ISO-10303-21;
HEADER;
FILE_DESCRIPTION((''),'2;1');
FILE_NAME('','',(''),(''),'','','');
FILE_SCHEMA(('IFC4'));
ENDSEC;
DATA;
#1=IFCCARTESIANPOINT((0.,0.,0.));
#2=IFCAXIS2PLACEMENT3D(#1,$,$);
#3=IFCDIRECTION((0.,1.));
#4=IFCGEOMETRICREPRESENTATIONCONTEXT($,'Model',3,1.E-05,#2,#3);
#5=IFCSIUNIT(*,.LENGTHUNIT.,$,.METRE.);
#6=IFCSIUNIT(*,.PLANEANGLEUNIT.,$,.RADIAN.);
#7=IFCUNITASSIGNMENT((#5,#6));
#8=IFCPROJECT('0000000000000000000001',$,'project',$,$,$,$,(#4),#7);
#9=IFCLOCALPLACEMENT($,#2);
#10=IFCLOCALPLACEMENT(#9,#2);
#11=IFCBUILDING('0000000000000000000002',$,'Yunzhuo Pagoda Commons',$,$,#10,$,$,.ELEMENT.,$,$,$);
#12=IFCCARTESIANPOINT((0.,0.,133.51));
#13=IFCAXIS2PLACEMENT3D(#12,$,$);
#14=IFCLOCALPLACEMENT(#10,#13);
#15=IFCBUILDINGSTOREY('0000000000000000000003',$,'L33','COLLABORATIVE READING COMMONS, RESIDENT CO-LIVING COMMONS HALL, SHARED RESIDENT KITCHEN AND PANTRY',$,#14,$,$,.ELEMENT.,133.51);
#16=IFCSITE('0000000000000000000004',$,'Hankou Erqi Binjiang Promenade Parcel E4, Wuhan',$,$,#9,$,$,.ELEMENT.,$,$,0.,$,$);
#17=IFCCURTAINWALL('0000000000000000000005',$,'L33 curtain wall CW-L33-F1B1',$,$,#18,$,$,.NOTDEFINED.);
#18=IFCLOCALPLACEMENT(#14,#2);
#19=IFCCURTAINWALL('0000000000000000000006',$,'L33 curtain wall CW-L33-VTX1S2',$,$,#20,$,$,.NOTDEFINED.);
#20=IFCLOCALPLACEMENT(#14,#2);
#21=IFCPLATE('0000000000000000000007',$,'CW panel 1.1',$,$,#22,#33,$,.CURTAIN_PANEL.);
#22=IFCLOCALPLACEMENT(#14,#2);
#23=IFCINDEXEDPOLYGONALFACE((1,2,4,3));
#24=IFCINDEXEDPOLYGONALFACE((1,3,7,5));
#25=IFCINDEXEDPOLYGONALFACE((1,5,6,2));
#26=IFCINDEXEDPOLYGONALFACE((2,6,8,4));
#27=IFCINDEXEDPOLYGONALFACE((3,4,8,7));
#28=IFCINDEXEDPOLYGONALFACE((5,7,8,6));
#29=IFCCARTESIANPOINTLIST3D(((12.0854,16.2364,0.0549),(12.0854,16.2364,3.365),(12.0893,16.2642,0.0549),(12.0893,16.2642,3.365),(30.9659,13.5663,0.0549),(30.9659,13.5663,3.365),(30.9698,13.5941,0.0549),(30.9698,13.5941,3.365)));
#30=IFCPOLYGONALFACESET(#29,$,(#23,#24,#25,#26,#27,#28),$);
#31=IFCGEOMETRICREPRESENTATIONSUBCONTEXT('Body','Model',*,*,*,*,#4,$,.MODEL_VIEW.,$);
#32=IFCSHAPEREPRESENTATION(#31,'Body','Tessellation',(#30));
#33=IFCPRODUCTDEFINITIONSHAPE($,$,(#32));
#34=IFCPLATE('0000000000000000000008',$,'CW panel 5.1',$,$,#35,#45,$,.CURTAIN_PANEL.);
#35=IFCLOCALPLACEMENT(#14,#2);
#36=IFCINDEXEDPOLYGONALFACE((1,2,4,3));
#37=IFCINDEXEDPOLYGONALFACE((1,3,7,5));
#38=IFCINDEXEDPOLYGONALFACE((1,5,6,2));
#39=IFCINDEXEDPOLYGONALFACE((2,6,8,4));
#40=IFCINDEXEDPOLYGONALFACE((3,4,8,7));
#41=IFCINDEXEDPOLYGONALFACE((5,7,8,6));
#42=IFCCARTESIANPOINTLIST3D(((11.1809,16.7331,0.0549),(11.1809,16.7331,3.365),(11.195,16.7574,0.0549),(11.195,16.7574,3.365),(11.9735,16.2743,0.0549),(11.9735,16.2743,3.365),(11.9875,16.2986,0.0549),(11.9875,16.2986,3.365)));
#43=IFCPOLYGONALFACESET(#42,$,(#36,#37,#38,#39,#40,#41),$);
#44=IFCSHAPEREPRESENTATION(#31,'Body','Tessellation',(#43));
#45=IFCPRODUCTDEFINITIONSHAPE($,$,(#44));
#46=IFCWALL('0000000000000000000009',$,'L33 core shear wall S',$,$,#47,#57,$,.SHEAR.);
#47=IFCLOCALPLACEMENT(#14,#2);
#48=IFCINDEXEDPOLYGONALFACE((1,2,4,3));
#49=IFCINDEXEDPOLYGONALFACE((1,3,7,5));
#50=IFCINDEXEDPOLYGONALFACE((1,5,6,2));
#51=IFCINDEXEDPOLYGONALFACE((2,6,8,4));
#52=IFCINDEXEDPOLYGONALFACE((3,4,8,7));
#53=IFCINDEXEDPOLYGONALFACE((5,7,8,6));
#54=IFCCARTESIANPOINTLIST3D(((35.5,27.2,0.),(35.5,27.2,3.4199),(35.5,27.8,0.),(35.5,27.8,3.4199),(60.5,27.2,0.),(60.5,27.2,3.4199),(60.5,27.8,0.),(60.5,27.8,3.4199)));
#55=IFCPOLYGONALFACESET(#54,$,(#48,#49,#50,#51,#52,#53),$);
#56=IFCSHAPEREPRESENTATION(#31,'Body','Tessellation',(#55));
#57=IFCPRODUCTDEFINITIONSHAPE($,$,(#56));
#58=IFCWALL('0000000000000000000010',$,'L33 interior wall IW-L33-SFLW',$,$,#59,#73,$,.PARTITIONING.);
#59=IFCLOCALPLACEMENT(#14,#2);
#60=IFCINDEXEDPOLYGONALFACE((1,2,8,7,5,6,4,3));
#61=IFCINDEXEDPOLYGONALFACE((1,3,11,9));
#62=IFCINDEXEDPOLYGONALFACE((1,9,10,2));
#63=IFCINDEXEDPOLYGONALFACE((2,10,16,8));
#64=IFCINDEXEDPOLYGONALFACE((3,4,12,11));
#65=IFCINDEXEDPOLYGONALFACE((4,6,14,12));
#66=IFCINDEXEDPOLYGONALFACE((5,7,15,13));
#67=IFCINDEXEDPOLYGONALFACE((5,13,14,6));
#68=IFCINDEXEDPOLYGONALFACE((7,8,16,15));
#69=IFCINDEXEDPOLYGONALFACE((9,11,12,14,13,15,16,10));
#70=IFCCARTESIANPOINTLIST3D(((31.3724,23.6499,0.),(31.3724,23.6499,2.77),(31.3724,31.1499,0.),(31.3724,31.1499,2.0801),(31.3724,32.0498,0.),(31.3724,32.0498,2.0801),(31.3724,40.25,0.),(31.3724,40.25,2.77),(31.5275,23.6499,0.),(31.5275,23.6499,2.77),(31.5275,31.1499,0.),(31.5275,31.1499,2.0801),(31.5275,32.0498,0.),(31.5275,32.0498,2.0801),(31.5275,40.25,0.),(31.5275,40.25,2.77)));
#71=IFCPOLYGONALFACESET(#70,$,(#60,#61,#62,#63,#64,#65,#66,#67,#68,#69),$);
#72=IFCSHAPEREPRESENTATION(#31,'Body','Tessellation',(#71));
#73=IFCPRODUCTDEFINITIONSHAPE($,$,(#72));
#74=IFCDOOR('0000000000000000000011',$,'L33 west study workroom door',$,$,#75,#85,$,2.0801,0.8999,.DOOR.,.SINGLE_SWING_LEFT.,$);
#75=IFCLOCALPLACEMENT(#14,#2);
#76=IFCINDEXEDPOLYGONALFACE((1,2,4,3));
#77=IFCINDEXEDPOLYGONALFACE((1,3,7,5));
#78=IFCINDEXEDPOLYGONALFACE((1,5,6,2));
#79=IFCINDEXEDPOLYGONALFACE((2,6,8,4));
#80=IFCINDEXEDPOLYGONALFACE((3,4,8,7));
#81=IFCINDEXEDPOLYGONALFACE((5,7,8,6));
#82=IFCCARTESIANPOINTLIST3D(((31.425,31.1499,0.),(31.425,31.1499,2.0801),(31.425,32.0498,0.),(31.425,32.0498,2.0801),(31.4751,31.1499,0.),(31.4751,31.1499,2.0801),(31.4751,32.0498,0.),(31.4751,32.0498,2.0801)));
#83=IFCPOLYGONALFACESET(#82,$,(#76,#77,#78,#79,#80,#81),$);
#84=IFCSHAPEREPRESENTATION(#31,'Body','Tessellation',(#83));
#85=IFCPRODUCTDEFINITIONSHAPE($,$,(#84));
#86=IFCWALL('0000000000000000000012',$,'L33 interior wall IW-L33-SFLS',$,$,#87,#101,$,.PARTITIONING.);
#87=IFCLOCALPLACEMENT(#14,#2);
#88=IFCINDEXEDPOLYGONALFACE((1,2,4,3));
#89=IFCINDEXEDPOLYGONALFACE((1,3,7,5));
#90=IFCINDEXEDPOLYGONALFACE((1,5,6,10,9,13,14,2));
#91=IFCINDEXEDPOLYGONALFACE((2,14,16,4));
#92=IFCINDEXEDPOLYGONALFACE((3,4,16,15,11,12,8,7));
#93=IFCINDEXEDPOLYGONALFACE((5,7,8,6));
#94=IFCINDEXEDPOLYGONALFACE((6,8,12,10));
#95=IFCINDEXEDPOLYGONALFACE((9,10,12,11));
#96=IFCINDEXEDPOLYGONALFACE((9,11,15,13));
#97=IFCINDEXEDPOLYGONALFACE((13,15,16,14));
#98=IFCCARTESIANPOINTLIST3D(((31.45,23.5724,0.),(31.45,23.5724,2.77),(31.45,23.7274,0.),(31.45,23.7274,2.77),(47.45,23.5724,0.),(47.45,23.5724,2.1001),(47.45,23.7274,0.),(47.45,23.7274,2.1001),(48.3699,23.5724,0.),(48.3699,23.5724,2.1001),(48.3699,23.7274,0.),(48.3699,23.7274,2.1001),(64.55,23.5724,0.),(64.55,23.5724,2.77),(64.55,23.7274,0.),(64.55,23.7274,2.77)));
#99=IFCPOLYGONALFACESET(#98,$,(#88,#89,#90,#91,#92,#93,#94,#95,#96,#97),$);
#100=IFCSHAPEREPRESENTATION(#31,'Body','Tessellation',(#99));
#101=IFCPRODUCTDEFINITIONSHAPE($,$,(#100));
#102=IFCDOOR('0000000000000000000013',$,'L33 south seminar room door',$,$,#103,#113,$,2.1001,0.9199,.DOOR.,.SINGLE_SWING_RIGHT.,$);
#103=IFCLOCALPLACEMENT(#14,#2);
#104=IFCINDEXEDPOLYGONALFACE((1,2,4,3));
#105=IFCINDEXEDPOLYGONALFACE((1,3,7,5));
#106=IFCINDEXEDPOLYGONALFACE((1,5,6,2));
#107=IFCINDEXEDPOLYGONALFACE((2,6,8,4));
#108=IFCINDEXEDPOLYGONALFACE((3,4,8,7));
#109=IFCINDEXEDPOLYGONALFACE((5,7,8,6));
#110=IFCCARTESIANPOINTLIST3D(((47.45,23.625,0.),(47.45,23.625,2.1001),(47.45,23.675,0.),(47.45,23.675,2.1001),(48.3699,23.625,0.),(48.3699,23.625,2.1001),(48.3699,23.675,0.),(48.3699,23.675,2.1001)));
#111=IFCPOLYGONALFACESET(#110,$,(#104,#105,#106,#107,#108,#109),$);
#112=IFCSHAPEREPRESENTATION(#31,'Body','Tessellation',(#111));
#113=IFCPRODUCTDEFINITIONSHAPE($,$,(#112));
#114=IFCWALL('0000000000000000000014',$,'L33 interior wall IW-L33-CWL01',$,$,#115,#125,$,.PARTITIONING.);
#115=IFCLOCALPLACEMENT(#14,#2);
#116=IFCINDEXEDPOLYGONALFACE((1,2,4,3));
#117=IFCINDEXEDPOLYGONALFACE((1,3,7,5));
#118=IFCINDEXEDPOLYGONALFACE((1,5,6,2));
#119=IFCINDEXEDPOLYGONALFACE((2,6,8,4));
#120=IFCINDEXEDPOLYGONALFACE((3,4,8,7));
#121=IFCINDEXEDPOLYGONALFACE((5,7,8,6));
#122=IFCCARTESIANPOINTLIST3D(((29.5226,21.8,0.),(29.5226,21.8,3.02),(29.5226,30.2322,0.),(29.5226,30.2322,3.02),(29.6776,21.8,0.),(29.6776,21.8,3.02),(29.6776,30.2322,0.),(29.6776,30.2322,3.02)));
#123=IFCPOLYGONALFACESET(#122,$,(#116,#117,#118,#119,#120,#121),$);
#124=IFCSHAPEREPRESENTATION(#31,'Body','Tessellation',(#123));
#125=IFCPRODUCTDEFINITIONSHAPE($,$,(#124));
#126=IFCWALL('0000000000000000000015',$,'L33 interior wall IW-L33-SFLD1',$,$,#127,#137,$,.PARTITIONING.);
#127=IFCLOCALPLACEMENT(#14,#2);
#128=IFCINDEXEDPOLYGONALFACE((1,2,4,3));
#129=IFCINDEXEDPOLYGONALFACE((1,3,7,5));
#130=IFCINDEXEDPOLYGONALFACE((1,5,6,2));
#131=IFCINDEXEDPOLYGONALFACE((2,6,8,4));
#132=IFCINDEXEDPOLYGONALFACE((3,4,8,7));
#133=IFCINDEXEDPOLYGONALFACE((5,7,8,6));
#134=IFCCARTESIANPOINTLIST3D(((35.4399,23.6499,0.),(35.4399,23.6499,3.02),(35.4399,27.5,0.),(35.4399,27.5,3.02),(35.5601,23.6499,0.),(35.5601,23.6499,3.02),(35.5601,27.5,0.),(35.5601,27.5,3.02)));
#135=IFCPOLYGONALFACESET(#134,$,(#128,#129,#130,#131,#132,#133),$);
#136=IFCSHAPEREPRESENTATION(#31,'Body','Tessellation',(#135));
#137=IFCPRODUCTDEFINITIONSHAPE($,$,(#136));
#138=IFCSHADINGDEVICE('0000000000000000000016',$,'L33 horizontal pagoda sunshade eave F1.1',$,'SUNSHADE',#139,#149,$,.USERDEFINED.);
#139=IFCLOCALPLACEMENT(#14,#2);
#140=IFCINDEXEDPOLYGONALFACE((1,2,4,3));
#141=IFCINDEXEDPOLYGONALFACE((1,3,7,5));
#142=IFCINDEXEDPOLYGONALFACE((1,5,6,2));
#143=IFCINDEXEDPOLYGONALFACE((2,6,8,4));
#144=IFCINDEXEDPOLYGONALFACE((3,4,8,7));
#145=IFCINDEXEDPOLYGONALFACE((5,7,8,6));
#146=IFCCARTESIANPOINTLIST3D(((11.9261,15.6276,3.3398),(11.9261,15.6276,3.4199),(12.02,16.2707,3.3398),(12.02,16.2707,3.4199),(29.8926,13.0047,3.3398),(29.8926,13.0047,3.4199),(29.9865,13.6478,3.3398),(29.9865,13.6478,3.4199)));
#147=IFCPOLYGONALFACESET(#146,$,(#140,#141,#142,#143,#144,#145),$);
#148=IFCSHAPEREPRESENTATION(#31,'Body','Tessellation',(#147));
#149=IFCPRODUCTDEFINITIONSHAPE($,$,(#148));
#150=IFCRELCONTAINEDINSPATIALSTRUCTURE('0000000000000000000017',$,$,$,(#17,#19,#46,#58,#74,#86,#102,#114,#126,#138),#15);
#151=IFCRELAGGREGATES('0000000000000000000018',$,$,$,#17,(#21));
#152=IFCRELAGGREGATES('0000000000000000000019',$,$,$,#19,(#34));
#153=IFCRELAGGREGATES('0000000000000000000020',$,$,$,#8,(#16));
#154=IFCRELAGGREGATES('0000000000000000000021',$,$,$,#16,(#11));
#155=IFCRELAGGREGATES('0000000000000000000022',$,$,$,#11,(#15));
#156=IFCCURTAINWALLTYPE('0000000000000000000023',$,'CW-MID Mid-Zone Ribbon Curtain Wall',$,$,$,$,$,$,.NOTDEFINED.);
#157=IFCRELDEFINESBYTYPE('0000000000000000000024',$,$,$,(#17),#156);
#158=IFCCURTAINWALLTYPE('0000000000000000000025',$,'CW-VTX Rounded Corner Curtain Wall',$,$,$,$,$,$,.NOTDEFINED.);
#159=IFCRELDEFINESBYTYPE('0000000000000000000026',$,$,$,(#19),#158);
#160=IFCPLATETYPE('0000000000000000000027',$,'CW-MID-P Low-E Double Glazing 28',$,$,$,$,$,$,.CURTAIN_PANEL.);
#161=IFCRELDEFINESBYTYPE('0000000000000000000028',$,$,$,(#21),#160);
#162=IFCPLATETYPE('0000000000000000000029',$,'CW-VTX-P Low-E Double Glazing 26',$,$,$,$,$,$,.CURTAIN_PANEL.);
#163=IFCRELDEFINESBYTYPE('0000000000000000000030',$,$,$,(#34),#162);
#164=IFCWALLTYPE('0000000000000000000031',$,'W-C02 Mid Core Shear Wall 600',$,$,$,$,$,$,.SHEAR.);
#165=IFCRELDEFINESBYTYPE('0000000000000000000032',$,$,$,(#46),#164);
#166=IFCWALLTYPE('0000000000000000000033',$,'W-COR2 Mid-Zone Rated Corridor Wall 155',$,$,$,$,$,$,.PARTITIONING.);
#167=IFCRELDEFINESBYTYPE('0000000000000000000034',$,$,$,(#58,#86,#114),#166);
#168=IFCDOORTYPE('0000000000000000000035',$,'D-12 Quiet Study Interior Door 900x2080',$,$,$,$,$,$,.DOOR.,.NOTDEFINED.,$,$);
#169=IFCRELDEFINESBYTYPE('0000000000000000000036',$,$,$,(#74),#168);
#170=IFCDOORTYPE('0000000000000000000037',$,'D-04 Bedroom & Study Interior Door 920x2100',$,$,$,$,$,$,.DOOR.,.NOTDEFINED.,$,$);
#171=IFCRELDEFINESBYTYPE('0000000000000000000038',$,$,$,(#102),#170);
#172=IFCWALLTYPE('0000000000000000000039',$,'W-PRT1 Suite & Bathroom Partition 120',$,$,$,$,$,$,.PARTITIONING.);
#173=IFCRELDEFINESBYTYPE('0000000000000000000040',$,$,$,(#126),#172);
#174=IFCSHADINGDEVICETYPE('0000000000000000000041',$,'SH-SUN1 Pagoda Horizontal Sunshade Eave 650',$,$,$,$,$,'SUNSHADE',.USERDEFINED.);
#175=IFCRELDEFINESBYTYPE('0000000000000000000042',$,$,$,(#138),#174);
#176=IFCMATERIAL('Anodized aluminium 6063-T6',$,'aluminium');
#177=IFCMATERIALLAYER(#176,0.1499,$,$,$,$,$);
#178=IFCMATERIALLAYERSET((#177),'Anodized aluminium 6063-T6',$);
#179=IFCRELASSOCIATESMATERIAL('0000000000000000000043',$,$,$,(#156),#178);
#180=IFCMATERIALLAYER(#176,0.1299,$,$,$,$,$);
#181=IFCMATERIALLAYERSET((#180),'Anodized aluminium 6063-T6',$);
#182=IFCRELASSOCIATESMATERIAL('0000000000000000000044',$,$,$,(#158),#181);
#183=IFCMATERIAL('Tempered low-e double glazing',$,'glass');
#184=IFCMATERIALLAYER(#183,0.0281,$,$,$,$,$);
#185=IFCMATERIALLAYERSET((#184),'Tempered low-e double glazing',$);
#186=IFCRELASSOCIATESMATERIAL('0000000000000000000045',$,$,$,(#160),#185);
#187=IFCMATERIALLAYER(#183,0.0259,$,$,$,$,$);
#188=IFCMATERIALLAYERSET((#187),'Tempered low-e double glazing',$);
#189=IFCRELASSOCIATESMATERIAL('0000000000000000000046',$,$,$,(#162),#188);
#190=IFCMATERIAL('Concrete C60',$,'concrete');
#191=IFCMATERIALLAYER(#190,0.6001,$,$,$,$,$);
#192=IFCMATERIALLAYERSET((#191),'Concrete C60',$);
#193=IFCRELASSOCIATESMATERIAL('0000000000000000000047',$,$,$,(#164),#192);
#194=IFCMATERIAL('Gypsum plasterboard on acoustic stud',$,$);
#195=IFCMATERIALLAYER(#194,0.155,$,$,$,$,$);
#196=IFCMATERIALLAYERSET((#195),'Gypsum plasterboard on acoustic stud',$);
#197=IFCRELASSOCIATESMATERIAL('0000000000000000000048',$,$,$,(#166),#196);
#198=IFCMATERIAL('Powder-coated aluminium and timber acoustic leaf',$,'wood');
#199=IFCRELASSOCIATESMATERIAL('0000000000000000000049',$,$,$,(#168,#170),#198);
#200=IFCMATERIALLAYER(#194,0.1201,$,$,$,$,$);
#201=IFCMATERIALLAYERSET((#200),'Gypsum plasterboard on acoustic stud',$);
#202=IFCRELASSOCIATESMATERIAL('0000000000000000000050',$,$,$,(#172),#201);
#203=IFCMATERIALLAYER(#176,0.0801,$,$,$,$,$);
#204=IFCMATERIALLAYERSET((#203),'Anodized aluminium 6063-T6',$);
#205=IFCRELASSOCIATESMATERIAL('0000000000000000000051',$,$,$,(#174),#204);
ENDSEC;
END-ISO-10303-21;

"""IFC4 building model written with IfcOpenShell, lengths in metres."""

from ifc_helpers import new_model, si_unit, direction, frame, frame_2d, origin, origin_with_axes, origin_2d, place, context, subcontext, project, spatial, rectangle, extrude, source, transform, mapped, material, layer, layer_set, type_object, element, fill, aggregate, save


model = new_model("IFC4")

# Units and contexts
model_context = context("Model", 3, precision=1e-05, world=origin(), true_north=direction((0.0, 1.0)))
body_context = subcontext(model_context, "Body", "Model", "MODEL_VIEW")
ifc_project = project(units=[si_unit("LENGTHUNIT", "METRE"), si_unit("PLANEANGLEUNIT", "RADIAN")], contexts=[model_context])

# Site, building, storey
site_placement = place(None, origin())
site = spatial("IfcSite", under=ifc_project, at=site_placement, Name="Hankou Erqi Binjiang Promenade Parcel E4, Wuhan", CompositionType="ELEMENT", RefElevation=0.0)
building_placement = place(site_placement, origin())
building = spatial("IfcBuilding", under=site, at=building_placement, Name="Yunzhuo Pagoda Commons", CompositionType="ELEMENT")
storey_placement = place(building_placement, frame((0.0, 0.0, 133.51)))
storey = spatial("IfcBuildingStorey", under=building, at=storey_placement, Name="L33", Description="COLLABORATIVE READING COMMONS, RESIDENT CO-LIVING COMMONS HALL, SHARED RESIDENT KITCHEN AND PANTRY", CompositionType="ELEMENT", Elevation=133.51)

# Shared definitions
ifc_material_1 = material(Name="Anodized aluminium 6063-T6", Category="aluminium")
ifc_layer_1 = layer(ifc_material_1, 0.1499)
ifc_layer_set_1 = layer_set([ifc_layer_1], Name="Anodized aluminium 6063-T6")
curtain_wall_type_1 = type_object("IfcCurtainWallType", Name="CW-MID Mid-Zone Ribbon Curtain Wall", PredefinedType="NOTDEFINED", material=ifc_layer_set_1)

# Curtain wall
curtain_wall_1_placement = place(storey_placement, origin())
curtain_wall_1 = element("IfcCurtainWall", 1, at=curtain_wall_1_placement, inside=storey, type_object=curtain_wall_type_1, Name="L33 curtain wall CW-L33-F1B1", PredefinedType="NOTDEFINED")

# Curtain wall
ifc_layer_2 = layer(ifc_material_1, 0.1299)
ifc_layer_set_2 = layer_set([ifc_layer_2], Name="Anodized aluminium 6063-T6")
curtain_wall_type_2 = type_object("IfcCurtainWallType", Name="CW-VTX Rounded Corner Curtain Wall", PredefinedType="NOTDEFINED", material=ifc_layer_set_2)
curtain_wall_2_placement = place(storey_placement, origin())
curtain_wall_2 = element("IfcCurtainWall", 2, at=curtain_wall_2_placement, inside=storey, type_object=curtain_wall_type_2, Name="L33 curtain wall CW-L33-VTX1S2", PredefinedType="NOTDEFINED")

# Plates
ifc_material_2 = material(Name="Tempered low-e double glazing", Category="glass")
ifc_layer_3 = layer(ifc_material_2, 0.0281)
ifc_layer_set_3 = layer_set([ifc_layer_3], Name="Tempered low-e double glazing")
plate_type_1 = type_object("IfcPlateType", Name="CW-MID-P Low-E Double Glazing 28", PredefinedType="CURTAIN_PANEL", material=ifc_layer_set_3)
shared_shape_1 = source(origin(), body_context, "Body", "SweptSolid", [
    extrude(rectangle(XDim=19.0684, YDim=0.0281, at=origin_2d()), origin(), (0.0, 0.0, 1.0), 3.3101),
])
plate_1_placement = place(storey_placement, frame((21.5276, 14.9153, 0.0549), z_axis=(0.0, 0.0, 1.0), x_axis=(0.990148, -0.140027, 0.0)))
plate_1 = element("IfcPlate", 3, at=plate_1_placement, type_object=plate_type_1, Name="CW panel 1.1", PredefinedType="CURTAIN_PANEL", context=body_context, shape_type="MappedRepresentation", body=[
    mapped(shared_shape_1, transform((0.0, 0.0, 0.0), scale=1.0)),
])
aggregate(curtain_wall_1, [plate_1])
ifc_layer_4 = layer(ifc_material_2, 0.0259)
ifc_layer_set_4 = layer_set([ifc_layer_4], Name="Tempered low-e double glazing")
plate_type_2 = type_object("IfcPlateType", Name="CW-VTX-P Low-E Double Glazing 26", PredefinedType="CURTAIN_PANEL", material=ifc_layer_set_4)
shared_shape_2 = source(origin(), body_context, "Body", "SweptSolid", [
    extrude(rectangle(XDim=0.9158, YDim=0.0281, at=origin_2d()), origin(), (0.0, 0.0, 1.0), 3.3101),
])
plate_2_placement = place(storey_placement, frame((11.5842, 16.5159, 0.0549), z_axis=(0.0, 0.0, 1.0), x_axis=(0.865425, -0.501038, 0.0)))
plate_2 = element("IfcPlate", 4, at=plate_2_placement, type_object=plate_type_2, Name="CW panel 5.1", PredefinedType="CURTAIN_PANEL", context=body_context, shape_type="MappedRepresentation", body=[
    mapped(shared_shape_2, transform((0.0, 0.0, 0.0), scale=1.0)),
])
aggregate(curtain_wall_2, [plate_2])

# Wall
ifc_material_3 = material(Name="Concrete C60", Category="concrete")
ifc_layer_5 = layer(ifc_material_3, 0.6001)
ifc_layer_set_5 = layer_set([ifc_layer_5], Name="Concrete C60")
wall_type_1 = type_object("IfcWallType", Name="W-C02 Mid Core Shear Wall 600", PredefinedType="SHEAR", material=ifc_layer_set_5)
wall_1_placement = place(storey_placement, frame((35.5, 27.5, 0.0), z_axis=(0.0, 0.0, 1.0), x_axis=(1.0, 0.0, 0.0)))
element("IfcWall", 5, at=wall_1_placement, inside=storey, type_object=wall_type_1, Name="L33 core shear wall S", PredefinedType="SHEAR", context=body_context, shape_type="SweptSolid", body=[
    extrude(rectangle(XDim=25.0, YDim=0.6001, at=frame_2d((12.5, 0.0))), origin(), (0.0, 0.0, 1.0), 3.4199),
])

# Walls, openings, doors
ifc_material_4 = material(Name="Gypsum plasterboard on acoustic stud")
ifc_layer_6 = layer(ifc_material_4, 0.155)
ifc_layer_set_6 = layer_set([ifc_layer_6], Name="Gypsum plasterboard on acoustic stud")
wall_type_2 = type_object("IfcWallType", Name="W-COR2 Mid-Zone Rated Corridor Wall 155", PredefinedType="PARTITIONING", material=ifc_layer_set_6)
wall_2_placement = place(storey_placement, frame((31.45, 23.6499, 0.0), z_axis=(0.0, 0.0, 1.0), x_axis=(0.0, 1.0, 0.0)))
wall_2 = element("IfcWall", 6, at=wall_2_placement, inside=storey, type_object=wall_type_2, Name="L33 interior wall IW-L33-SFLW", PredefinedType="PARTITIONING", context=body_context, shape_type="SweptSolid", body=[
    extrude(rectangle(XDim=16.6001, YDim=0.155, at=frame_2d((8.3, 0.0))), origin(), (0.0, 0.0, 1.0), 2.77),
])
opening_1_placement = place(wall_2_placement, frame((7.5, 0.0, 0.0)))
opening_1 = element("IfcOpeningElement", 7, at=opening_1_placement, cuts=wall_2, PredefinedType="OPENING", context=body_context, shape_type="SweptSolid", body=[
    extrude(rectangle(XDim=0.8999, YDim=2.0801, at=frame_2d((0.45, 1.04))), frame((0.0, 0.0874, 0.0), z_axis=(0.0, -1.0, 0.0), x_axis=(1.0, 0.0, 0.0)), (0.0, 0.0, 1.0), 0.175),
])
ifc_material_5 = material(Name="Powder-coated aluminium and timber acoustic leaf", Category="wood")
door_type_1 = type_object("IfcDoorType", Name="D-12 Quiet Study Interior Door 900x2080", OperationType="NOTDEFINED", PredefinedType="DOOR", material=ifc_material_5)
shared_shape_3 = source(origin(), body_context, "Body", "SweptSolid", [
    extrude(rectangle(XDim=0.8999, YDim=2.0801, at=frame_2d((0.45, 1.04))), frame((0.0, 0.0249, 0.0), z_axis=(0.0, -1.0, 0.0), x_axis=(1.0, 0.0, 0.0)), (0.0, 0.0, 1.0), 0.05),
])
door_1_placement = place(opening_1_placement, origin_with_axes())
door_1 = element("IfcDoor", 8, at=door_1_placement, inside=storey, type_object=door_type_1, Name="L33 west study workroom door", OperationType="SINGLE_SWING_LEFT", OverallHeight=2.0801, OverallWidth=0.8999, PredefinedType="DOOR", context=body_context, shape_type="MappedRepresentation", body=[
    mapped(shared_shape_3, transform((0.0, 0.0, 0.0), scale=1.0)),
])
fill(opening_1, door_1)
wall_3_placement = place(storey_placement, frame((31.45, 23.6499, 0.0), z_axis=(0.0, 0.0, 1.0), x_axis=(1.0, 0.0, 0.0)))
wall_3 = element("IfcWall", 9, at=wall_3_placement, inside=storey, type_object=wall_type_2, Name="L33 interior wall IW-L33-SFLS", PredefinedType="PARTITIONING", context=body_context, shape_type="SweptSolid", body=[
    extrude(rectangle(XDim=33.1001, YDim=0.155, at=frame_2d((16.55, 0.0))), origin(), (0.0, 0.0, 1.0), 2.77),
])
opening_2_placement = place(wall_3_placement, frame((16.0, 0.0, 0.0)))
opening_2 = element("IfcOpeningElement", 10, at=opening_2_placement, cuts=wall_3, PredefinedType="OPENING", context=body_context, shape_type="SweptSolid", body=[
    extrude(rectangle(XDim=0.9199, YDim=2.1001, at=frame_2d((0.46, 1.05))), frame((0.0, 0.0874, 0.0), z_axis=(0.0, -1.0, 0.0), x_axis=(1.0, 0.0, 0.0)), (0.0, 0.0, 1.0), 0.175),
])
door_type_2 = type_object("IfcDoorType", Name="D-04 Bedroom & Study Interior Door 920x2100", OperationType="NOTDEFINED", PredefinedType="DOOR", material=ifc_material_5)
shared_shape_4 = source(origin(), body_context, "Body", "SweptSolid", [
    extrude(rectangle(XDim=0.9199, YDim=2.1001, at=frame_2d((0.46, 1.05))), frame((0.0, 0.0249, 0.0), z_axis=(0.0, -1.0, 0.0), x_axis=(1.0, 0.0, 0.0)), (0.0, 0.0, 1.0), 0.05),
])
door_2_placement = place(opening_2_placement, frame((0.9199, 0.0, 0.0), z_axis=(0.0, 0.0, 1.0), x_axis=(-1.0, 0.0, 0.0)))
door_2 = element("IfcDoor", 11, at=door_2_placement, inside=storey, type_object=door_type_2, Name="L33 south seminar room door", OperationType="SINGLE_SWING_RIGHT", OverallHeight=2.1001, OverallWidth=0.9199, PredefinedType="DOOR", context=body_context, shape_type="MappedRepresentation", body=[
    mapped(shared_shape_4, transform((0.0, 0.0, 0.0), scale=1.0)),
])
fill(opening_2, door_2)

# Walls
wall_4_placement = place(storey_placement, frame((29.6001, 21.8, 0.0), z_axis=(0.0, 0.0, 1.0), x_axis=(0.0, 1.0, 0.0)))
element("IfcWall", 12, at=wall_4_placement, inside=storey, type_object=wall_type_2, Name="L33 interior wall IW-L33-CWL01", PredefinedType="PARTITIONING", context=body_context, shape_type="SweptSolid", body=[
    extrude(rectangle(XDim=8.4321, YDim=0.155, at=frame_2d((4.2161, 0.0))), origin(), (0.0, 0.0, 1.0), 3.02),
])
ifc_layer_7 = layer(ifc_material_4, 0.1201)
ifc_layer_set_7 = layer_set([ifc_layer_7], Name="Gypsum plasterboard on acoustic stud")
wall_type_3 = type_object("IfcWallType", Name="W-PRT1 Suite & Bathroom Partition 120", PredefinedType="PARTITIONING", material=ifc_layer_set_7)
wall_5_placement = place(storey_placement, frame((35.5, 23.6499, 0.0), z_axis=(0.0, 0.0, 1.0), x_axis=(0.0, 1.0, 0.0)))
element("IfcWall", 13, at=wall_5_placement, inside=storey, type_object=wall_type_3, Name="L33 interior wall IW-L33-SFLD1", PredefinedType="PARTITIONING", context=body_context, shape_type="SweptSolid", body=[
    extrude(rectangle(XDim=3.8501, YDim=0.1201, at=frame_2d((1.925, 0.0))), origin(), (0.0, 0.0, 1.0), 3.02),
])

# Shading device
ifc_layer_8 = layer(ifc_material_1, 0.0801)
ifc_layer_set_8 = layer_set([ifc_layer_8], Name="Anodized aluminium 6063-T6")
shading_device_type = type_object("IfcShadingDeviceType", Name="SH-SUN1 Pagoda Horizontal Sunshade Eave 650", ElementType="SUNSHADE", PredefinedType="USERDEFINED", material=ifc_layer_set_8)
shared_shape_5 = source(origin(), body_context, "Body", "SweptSolid", [
    extrude(rectangle(XDim=18.157, YDim=0.6499, at=origin_2d()), origin(), (0.0, 0.0, 1.0), 0.0801),
])
shading_device_placement = place(storey_placement, frame((20.9563, 14.6377, 3.3398), z_axis=(0.0, 0.0, 1.0), x_axis=(0.989511, -0.14446, 0.0)))
element("IfcShadingDevice", 14, at=shading_device_placement, inside=storey, type_object=shading_device_type, Name="L33 horizontal pagoda sunshade eave F1.1", ObjectType="SUNSHADE", PredefinedType="USERDEFINED", context=body_context, shape_type="MappedRepresentation", body=[
    mapped(shared_shape_5, transform((0.0, 0.0, 0.0), scale=1.0)),
])

save(model, "model.ifc")
